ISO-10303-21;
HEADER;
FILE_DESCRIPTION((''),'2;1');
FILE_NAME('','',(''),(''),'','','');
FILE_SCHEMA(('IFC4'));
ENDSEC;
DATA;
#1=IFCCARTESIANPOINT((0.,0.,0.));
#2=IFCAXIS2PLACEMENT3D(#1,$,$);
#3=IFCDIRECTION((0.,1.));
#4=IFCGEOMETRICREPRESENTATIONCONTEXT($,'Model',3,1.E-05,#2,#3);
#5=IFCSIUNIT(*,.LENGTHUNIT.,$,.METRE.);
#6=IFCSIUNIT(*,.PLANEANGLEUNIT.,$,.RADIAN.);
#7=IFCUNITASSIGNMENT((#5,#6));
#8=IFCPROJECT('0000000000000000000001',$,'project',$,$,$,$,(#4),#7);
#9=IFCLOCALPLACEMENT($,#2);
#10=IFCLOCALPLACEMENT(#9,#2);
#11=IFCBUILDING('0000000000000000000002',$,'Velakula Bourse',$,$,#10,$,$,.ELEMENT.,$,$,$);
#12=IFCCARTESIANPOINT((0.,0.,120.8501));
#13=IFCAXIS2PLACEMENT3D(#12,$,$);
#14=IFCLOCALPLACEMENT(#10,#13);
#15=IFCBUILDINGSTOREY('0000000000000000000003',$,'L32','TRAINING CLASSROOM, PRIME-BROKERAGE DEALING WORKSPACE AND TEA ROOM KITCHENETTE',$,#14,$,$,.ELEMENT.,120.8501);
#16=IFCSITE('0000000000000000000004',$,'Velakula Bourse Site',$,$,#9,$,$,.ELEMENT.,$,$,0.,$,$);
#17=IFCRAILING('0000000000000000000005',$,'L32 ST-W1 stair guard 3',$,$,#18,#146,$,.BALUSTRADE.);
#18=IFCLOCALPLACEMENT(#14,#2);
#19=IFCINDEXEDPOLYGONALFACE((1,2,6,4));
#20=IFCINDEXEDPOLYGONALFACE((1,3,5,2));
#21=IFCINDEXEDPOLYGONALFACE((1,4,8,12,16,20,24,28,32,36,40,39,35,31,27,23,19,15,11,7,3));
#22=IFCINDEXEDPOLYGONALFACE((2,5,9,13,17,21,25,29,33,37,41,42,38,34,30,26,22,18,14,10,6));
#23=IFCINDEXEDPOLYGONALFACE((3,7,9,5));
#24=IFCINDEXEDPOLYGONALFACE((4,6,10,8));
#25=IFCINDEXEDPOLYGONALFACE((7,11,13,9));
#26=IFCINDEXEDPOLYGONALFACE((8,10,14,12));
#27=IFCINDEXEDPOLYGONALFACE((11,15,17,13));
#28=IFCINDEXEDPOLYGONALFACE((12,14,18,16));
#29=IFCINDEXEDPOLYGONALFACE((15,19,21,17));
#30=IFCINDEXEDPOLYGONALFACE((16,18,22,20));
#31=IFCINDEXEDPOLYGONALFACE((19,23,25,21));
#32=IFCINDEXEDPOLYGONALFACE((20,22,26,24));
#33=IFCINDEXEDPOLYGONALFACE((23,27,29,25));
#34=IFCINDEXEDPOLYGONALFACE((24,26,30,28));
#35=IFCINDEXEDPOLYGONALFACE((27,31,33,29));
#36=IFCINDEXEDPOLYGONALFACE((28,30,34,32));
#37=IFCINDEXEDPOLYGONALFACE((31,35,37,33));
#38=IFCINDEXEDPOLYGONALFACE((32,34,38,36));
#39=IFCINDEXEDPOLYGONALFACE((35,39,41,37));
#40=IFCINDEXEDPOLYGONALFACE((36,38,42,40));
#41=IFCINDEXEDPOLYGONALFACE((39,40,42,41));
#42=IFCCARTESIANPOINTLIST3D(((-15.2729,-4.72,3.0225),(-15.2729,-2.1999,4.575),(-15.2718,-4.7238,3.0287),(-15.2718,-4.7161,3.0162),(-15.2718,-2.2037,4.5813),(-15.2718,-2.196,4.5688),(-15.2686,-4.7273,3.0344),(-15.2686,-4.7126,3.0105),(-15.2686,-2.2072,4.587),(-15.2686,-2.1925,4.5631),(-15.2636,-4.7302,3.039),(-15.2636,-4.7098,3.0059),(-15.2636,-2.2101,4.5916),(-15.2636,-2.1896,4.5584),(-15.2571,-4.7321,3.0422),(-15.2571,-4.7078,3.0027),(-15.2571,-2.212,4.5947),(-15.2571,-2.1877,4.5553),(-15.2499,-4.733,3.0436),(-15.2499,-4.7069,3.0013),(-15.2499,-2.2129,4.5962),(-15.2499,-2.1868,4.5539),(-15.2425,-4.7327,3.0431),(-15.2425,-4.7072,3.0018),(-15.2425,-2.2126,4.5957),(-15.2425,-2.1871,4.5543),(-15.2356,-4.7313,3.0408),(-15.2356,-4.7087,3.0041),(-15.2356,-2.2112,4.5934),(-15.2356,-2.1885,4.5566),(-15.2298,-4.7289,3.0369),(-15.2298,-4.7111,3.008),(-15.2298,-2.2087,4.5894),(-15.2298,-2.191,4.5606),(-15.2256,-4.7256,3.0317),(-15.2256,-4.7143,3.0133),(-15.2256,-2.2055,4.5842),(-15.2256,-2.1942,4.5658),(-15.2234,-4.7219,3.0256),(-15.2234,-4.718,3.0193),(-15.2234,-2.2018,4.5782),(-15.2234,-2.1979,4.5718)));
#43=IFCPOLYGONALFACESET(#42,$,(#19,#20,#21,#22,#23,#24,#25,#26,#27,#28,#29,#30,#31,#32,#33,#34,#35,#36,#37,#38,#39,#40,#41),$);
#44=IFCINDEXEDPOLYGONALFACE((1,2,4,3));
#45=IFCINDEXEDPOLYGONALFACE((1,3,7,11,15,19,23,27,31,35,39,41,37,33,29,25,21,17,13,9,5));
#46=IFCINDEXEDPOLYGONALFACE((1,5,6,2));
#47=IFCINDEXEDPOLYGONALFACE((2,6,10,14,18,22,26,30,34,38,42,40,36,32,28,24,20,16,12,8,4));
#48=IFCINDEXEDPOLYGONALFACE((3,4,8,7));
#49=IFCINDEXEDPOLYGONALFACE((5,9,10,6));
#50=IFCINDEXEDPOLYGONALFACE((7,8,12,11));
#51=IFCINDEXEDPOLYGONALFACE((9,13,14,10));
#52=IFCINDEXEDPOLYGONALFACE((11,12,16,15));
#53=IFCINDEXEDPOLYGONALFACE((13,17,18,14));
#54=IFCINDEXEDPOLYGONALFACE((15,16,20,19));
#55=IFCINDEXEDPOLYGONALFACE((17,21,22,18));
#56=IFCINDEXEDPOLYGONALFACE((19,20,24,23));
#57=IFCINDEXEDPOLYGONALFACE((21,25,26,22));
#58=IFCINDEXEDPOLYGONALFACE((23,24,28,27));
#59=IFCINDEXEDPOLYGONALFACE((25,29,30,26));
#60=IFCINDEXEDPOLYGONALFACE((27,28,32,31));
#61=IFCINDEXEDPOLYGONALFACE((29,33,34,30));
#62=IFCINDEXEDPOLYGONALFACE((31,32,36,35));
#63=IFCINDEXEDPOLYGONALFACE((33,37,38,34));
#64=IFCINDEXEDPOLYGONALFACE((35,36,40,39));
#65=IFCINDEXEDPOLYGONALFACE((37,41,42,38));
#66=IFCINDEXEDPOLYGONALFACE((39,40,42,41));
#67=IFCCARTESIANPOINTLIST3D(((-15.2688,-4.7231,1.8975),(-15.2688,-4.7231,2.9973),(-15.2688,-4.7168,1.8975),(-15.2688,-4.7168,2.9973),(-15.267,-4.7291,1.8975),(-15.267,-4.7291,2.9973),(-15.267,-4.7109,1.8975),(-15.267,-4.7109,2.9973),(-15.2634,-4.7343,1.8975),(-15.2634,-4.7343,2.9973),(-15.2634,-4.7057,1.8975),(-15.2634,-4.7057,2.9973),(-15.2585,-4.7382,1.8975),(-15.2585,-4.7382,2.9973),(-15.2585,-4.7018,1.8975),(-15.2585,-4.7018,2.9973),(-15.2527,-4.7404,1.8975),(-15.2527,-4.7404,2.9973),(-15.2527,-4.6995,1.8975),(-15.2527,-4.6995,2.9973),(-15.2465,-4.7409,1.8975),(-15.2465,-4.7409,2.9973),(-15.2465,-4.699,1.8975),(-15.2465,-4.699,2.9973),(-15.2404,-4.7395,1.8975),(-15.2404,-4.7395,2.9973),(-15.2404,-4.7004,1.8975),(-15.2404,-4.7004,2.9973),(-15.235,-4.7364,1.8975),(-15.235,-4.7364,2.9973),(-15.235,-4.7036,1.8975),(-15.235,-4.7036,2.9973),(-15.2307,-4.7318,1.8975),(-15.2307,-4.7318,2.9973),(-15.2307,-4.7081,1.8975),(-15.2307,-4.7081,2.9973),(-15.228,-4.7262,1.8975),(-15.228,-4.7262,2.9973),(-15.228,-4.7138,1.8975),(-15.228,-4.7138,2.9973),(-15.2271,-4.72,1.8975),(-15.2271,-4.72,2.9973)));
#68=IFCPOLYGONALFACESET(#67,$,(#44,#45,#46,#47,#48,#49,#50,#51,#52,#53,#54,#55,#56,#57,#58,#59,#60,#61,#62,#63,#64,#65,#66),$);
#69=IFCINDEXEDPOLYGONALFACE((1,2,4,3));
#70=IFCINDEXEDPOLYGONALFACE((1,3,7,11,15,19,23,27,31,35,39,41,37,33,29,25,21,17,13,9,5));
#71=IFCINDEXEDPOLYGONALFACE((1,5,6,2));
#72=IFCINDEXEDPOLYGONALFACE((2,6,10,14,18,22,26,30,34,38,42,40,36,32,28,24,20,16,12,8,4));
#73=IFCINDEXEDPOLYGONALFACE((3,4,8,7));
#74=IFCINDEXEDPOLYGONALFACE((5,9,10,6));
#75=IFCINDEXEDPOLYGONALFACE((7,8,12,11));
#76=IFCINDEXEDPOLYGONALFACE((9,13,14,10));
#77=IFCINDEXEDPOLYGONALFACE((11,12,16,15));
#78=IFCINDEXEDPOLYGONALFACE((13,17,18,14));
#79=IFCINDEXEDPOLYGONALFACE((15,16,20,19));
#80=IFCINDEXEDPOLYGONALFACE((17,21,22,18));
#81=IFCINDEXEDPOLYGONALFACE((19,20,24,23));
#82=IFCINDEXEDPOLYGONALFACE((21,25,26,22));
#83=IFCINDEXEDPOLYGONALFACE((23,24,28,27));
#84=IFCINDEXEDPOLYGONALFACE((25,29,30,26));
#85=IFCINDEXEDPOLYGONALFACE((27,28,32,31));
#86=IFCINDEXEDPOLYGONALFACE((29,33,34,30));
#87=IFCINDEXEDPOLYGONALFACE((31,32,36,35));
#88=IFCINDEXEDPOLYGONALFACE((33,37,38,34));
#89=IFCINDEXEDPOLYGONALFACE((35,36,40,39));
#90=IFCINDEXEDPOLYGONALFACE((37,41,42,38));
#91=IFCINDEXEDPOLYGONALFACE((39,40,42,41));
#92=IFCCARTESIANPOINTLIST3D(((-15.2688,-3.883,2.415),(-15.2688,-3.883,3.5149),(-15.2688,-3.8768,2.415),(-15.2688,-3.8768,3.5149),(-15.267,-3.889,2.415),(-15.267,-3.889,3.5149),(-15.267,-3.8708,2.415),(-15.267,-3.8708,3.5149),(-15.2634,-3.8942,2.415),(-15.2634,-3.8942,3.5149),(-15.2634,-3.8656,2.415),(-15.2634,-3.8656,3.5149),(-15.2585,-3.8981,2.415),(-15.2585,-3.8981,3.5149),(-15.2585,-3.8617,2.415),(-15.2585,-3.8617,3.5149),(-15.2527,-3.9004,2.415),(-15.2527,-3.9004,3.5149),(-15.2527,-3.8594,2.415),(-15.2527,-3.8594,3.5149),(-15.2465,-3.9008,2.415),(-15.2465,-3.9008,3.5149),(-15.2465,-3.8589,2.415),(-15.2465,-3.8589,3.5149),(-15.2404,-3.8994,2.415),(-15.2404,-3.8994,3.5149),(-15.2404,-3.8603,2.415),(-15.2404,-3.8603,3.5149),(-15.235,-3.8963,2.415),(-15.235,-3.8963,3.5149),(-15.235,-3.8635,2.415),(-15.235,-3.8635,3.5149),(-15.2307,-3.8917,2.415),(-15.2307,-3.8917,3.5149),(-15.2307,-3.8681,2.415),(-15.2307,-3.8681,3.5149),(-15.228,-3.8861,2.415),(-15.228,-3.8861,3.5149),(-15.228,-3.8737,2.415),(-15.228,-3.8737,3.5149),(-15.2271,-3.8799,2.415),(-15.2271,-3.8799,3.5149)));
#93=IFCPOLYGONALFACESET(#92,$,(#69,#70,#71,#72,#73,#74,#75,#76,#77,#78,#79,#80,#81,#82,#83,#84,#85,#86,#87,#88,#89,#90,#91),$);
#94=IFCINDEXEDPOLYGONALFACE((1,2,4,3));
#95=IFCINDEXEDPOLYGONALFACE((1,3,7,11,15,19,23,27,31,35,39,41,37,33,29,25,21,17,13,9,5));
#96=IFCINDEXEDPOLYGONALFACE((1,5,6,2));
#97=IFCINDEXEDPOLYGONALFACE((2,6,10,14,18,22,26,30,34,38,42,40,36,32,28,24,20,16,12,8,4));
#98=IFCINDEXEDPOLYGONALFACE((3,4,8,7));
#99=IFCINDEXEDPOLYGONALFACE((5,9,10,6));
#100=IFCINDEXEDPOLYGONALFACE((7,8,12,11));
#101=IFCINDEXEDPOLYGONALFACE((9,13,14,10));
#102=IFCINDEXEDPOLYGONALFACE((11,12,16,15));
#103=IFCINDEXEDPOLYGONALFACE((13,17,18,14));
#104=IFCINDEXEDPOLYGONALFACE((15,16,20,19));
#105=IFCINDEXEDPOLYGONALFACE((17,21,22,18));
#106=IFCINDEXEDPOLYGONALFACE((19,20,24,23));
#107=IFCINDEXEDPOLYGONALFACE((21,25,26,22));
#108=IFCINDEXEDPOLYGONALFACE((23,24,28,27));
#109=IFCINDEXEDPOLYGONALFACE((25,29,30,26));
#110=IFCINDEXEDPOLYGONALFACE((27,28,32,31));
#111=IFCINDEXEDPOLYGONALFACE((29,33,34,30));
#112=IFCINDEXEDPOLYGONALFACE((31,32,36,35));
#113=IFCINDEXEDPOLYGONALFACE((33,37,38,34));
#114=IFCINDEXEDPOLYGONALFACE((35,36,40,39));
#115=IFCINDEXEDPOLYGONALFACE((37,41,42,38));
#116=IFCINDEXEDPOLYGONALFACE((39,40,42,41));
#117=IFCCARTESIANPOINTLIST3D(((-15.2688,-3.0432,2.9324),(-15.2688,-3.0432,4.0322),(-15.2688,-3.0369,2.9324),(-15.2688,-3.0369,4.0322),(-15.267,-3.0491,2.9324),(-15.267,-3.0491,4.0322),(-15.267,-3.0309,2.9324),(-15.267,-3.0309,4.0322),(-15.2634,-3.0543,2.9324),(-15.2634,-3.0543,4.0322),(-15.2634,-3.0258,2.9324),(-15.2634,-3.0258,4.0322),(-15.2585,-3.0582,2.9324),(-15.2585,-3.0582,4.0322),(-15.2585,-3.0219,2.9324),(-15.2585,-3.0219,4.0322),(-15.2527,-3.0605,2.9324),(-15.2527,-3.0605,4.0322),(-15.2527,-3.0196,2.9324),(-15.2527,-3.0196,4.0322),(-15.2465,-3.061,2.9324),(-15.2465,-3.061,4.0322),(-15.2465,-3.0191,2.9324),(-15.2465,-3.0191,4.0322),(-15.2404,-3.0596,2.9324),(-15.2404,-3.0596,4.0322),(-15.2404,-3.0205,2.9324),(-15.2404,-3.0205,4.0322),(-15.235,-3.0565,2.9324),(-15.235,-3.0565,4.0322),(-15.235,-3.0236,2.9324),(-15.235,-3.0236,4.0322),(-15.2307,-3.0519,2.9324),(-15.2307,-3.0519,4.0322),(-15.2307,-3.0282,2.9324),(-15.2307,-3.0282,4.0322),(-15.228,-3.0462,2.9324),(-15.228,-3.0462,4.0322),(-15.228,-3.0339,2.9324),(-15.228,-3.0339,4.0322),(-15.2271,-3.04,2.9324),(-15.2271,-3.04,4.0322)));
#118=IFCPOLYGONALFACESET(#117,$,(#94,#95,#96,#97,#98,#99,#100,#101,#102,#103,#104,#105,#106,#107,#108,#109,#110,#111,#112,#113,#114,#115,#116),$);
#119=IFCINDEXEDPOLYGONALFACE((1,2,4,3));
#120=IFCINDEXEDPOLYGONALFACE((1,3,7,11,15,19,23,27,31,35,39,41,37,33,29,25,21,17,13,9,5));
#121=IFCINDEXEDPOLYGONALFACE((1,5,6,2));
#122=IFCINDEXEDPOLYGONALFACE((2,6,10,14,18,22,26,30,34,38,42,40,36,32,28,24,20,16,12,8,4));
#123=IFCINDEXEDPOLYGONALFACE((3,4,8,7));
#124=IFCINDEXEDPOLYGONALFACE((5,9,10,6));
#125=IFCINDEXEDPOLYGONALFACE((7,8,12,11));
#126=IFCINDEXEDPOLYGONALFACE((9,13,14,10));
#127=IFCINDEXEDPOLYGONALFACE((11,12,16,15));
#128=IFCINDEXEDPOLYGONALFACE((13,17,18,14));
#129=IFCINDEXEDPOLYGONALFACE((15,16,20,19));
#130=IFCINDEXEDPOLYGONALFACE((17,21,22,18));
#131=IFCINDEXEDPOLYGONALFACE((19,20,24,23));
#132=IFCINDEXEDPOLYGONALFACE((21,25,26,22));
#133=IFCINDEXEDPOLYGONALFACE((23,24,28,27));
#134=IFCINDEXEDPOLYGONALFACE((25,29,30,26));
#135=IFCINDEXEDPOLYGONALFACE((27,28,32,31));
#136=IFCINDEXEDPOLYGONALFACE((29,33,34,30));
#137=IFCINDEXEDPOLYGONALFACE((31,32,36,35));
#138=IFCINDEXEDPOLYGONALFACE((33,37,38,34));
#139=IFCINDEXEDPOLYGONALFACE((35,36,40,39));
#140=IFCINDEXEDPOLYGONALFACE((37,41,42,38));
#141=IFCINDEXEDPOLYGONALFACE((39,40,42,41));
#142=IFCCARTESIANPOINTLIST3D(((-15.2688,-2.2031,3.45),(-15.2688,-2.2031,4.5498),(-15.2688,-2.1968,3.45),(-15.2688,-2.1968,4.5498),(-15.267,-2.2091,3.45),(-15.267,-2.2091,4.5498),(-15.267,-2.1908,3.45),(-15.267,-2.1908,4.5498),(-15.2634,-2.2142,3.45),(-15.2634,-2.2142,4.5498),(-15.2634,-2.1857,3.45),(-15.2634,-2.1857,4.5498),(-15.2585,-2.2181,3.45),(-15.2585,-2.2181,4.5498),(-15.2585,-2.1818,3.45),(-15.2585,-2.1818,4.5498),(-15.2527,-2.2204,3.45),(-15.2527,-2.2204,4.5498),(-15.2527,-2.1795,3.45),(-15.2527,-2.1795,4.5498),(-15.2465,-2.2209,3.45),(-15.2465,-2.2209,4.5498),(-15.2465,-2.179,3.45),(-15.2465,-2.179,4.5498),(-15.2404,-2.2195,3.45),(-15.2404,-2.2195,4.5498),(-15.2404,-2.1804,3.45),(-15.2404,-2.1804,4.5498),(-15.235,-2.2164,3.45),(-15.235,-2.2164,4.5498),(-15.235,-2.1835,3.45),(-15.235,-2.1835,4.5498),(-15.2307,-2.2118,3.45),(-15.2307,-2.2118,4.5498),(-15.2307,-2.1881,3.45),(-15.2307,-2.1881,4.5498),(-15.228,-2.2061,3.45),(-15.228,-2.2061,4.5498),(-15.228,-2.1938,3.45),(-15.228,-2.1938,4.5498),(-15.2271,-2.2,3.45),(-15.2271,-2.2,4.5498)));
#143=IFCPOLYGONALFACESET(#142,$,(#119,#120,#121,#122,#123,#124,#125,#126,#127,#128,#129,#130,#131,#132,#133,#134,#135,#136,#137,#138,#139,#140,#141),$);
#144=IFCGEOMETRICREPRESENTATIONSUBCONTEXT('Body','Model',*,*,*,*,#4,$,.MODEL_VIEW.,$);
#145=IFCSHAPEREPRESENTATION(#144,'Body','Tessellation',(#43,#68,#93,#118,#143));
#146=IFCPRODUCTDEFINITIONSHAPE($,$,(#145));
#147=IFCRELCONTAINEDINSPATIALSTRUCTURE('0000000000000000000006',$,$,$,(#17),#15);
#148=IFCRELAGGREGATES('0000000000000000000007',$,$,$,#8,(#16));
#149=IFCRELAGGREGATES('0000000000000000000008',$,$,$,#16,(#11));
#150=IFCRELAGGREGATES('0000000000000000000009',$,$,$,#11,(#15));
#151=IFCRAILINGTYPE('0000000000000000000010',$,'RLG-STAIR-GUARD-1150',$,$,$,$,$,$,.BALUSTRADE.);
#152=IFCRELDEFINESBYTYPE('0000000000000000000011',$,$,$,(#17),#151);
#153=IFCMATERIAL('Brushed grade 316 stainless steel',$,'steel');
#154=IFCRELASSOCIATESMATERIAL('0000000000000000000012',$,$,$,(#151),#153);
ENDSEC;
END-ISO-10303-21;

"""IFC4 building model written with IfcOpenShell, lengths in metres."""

from ifc_helpers import new_model, si_unit, direction, frame, origin, origin_2d, place, context, subcontext, project, spatial, circle, extrude, material, type_object, element, save


model = new_model("IFC4")

# Units and contexts
model_context = context("Model", 3, precision=1e-05, world=origin(), true_north=direction((0.0, 1.0)))
body_context = subcontext(model_context, "Body", "Model", "MODEL_VIEW")
ifc_project = project(units=[si_unit("LENGTHUNIT", "METRE"), si_unit("PLANEANGLEUNIT", "RADIAN")], contexts=[model_context])

# Site, building, storey
site_placement = place(None, origin())
site = spatial("IfcSite", under=ifc_project, at=site_placement, Name="Velakula Bourse Site", CompositionType="ELEMENT", RefElevation=0.0)
building_placement = place(site_placement, origin())
building = spatial("IfcBuilding", under=site, at=building_placement, Name="Velakula Bourse", CompositionType="ELEMENT")
storey_placement = place(building_placement, frame((0.0, 0.0, 120.8501)))
storey = spatial("IfcBuildingStorey", under=building, at=storey_placement, Name="L32", Description="TRAINING CLASSROOM, PRIME-BROKERAGE DEALING WORKSPACE AND TEA ROOM KITCHENETTE", CompositionType="ELEMENT", Elevation=120.8501)

# Shared definitions
ifc_material_1 = material(Name="Brushed grade 316 stainless steel", Category="steel")

# Railing
railing_type_1 = type_object("IfcRailingType", Name="RLG-STAIR-GUARD-1150", PredefinedType="BALUSTRADE", material=ifc_material_1)
railing_1_placement = place(storey_placement, frame((-15.248, -4.72, 1.8975)))
element("IfcRailing", 1, at=railing_1_placement, inside=storey, type_object=railing_type_1, Name="L32 ST-W1 stair guard 3", PredefinedType="BALUSTRADE", context=body_context, shape_type="SweptSolid", body=[
    extrude(circle(Radius=0.0249, at=origin_2d()), frame((0.0, 0.0, 1.125), z_axis=(0.0, 0.8514, 0.524516), x_axis=(-1.0, 0.0, 0.0)), (0.0, 0.0, 1.0), 2.96),
    extrude(circle(Radius=0.021, at=origin_2d()), origin(), (0.0, 0.0, 1.0), 1.0999),
    extrude(circle(Radius=0.021, at=origin_2d()), frame((0.0, 0.8401, 0.5176)), (0.0, 0.0, 1.0), 1.0999),
    extrude(circle(Radius=0.021, at=origin_2d()), frame((0.0, 1.6799, 1.0349)), (0.0, 0.0, 1.0), 1.0999),
    extrude(circle(Radius=0.021, at=origin_2d()), frame((0.0, 2.52, 1.5525)), (0.0, 0.0, 1.0), 1.0999),
])

save(model, "model.ifc")
